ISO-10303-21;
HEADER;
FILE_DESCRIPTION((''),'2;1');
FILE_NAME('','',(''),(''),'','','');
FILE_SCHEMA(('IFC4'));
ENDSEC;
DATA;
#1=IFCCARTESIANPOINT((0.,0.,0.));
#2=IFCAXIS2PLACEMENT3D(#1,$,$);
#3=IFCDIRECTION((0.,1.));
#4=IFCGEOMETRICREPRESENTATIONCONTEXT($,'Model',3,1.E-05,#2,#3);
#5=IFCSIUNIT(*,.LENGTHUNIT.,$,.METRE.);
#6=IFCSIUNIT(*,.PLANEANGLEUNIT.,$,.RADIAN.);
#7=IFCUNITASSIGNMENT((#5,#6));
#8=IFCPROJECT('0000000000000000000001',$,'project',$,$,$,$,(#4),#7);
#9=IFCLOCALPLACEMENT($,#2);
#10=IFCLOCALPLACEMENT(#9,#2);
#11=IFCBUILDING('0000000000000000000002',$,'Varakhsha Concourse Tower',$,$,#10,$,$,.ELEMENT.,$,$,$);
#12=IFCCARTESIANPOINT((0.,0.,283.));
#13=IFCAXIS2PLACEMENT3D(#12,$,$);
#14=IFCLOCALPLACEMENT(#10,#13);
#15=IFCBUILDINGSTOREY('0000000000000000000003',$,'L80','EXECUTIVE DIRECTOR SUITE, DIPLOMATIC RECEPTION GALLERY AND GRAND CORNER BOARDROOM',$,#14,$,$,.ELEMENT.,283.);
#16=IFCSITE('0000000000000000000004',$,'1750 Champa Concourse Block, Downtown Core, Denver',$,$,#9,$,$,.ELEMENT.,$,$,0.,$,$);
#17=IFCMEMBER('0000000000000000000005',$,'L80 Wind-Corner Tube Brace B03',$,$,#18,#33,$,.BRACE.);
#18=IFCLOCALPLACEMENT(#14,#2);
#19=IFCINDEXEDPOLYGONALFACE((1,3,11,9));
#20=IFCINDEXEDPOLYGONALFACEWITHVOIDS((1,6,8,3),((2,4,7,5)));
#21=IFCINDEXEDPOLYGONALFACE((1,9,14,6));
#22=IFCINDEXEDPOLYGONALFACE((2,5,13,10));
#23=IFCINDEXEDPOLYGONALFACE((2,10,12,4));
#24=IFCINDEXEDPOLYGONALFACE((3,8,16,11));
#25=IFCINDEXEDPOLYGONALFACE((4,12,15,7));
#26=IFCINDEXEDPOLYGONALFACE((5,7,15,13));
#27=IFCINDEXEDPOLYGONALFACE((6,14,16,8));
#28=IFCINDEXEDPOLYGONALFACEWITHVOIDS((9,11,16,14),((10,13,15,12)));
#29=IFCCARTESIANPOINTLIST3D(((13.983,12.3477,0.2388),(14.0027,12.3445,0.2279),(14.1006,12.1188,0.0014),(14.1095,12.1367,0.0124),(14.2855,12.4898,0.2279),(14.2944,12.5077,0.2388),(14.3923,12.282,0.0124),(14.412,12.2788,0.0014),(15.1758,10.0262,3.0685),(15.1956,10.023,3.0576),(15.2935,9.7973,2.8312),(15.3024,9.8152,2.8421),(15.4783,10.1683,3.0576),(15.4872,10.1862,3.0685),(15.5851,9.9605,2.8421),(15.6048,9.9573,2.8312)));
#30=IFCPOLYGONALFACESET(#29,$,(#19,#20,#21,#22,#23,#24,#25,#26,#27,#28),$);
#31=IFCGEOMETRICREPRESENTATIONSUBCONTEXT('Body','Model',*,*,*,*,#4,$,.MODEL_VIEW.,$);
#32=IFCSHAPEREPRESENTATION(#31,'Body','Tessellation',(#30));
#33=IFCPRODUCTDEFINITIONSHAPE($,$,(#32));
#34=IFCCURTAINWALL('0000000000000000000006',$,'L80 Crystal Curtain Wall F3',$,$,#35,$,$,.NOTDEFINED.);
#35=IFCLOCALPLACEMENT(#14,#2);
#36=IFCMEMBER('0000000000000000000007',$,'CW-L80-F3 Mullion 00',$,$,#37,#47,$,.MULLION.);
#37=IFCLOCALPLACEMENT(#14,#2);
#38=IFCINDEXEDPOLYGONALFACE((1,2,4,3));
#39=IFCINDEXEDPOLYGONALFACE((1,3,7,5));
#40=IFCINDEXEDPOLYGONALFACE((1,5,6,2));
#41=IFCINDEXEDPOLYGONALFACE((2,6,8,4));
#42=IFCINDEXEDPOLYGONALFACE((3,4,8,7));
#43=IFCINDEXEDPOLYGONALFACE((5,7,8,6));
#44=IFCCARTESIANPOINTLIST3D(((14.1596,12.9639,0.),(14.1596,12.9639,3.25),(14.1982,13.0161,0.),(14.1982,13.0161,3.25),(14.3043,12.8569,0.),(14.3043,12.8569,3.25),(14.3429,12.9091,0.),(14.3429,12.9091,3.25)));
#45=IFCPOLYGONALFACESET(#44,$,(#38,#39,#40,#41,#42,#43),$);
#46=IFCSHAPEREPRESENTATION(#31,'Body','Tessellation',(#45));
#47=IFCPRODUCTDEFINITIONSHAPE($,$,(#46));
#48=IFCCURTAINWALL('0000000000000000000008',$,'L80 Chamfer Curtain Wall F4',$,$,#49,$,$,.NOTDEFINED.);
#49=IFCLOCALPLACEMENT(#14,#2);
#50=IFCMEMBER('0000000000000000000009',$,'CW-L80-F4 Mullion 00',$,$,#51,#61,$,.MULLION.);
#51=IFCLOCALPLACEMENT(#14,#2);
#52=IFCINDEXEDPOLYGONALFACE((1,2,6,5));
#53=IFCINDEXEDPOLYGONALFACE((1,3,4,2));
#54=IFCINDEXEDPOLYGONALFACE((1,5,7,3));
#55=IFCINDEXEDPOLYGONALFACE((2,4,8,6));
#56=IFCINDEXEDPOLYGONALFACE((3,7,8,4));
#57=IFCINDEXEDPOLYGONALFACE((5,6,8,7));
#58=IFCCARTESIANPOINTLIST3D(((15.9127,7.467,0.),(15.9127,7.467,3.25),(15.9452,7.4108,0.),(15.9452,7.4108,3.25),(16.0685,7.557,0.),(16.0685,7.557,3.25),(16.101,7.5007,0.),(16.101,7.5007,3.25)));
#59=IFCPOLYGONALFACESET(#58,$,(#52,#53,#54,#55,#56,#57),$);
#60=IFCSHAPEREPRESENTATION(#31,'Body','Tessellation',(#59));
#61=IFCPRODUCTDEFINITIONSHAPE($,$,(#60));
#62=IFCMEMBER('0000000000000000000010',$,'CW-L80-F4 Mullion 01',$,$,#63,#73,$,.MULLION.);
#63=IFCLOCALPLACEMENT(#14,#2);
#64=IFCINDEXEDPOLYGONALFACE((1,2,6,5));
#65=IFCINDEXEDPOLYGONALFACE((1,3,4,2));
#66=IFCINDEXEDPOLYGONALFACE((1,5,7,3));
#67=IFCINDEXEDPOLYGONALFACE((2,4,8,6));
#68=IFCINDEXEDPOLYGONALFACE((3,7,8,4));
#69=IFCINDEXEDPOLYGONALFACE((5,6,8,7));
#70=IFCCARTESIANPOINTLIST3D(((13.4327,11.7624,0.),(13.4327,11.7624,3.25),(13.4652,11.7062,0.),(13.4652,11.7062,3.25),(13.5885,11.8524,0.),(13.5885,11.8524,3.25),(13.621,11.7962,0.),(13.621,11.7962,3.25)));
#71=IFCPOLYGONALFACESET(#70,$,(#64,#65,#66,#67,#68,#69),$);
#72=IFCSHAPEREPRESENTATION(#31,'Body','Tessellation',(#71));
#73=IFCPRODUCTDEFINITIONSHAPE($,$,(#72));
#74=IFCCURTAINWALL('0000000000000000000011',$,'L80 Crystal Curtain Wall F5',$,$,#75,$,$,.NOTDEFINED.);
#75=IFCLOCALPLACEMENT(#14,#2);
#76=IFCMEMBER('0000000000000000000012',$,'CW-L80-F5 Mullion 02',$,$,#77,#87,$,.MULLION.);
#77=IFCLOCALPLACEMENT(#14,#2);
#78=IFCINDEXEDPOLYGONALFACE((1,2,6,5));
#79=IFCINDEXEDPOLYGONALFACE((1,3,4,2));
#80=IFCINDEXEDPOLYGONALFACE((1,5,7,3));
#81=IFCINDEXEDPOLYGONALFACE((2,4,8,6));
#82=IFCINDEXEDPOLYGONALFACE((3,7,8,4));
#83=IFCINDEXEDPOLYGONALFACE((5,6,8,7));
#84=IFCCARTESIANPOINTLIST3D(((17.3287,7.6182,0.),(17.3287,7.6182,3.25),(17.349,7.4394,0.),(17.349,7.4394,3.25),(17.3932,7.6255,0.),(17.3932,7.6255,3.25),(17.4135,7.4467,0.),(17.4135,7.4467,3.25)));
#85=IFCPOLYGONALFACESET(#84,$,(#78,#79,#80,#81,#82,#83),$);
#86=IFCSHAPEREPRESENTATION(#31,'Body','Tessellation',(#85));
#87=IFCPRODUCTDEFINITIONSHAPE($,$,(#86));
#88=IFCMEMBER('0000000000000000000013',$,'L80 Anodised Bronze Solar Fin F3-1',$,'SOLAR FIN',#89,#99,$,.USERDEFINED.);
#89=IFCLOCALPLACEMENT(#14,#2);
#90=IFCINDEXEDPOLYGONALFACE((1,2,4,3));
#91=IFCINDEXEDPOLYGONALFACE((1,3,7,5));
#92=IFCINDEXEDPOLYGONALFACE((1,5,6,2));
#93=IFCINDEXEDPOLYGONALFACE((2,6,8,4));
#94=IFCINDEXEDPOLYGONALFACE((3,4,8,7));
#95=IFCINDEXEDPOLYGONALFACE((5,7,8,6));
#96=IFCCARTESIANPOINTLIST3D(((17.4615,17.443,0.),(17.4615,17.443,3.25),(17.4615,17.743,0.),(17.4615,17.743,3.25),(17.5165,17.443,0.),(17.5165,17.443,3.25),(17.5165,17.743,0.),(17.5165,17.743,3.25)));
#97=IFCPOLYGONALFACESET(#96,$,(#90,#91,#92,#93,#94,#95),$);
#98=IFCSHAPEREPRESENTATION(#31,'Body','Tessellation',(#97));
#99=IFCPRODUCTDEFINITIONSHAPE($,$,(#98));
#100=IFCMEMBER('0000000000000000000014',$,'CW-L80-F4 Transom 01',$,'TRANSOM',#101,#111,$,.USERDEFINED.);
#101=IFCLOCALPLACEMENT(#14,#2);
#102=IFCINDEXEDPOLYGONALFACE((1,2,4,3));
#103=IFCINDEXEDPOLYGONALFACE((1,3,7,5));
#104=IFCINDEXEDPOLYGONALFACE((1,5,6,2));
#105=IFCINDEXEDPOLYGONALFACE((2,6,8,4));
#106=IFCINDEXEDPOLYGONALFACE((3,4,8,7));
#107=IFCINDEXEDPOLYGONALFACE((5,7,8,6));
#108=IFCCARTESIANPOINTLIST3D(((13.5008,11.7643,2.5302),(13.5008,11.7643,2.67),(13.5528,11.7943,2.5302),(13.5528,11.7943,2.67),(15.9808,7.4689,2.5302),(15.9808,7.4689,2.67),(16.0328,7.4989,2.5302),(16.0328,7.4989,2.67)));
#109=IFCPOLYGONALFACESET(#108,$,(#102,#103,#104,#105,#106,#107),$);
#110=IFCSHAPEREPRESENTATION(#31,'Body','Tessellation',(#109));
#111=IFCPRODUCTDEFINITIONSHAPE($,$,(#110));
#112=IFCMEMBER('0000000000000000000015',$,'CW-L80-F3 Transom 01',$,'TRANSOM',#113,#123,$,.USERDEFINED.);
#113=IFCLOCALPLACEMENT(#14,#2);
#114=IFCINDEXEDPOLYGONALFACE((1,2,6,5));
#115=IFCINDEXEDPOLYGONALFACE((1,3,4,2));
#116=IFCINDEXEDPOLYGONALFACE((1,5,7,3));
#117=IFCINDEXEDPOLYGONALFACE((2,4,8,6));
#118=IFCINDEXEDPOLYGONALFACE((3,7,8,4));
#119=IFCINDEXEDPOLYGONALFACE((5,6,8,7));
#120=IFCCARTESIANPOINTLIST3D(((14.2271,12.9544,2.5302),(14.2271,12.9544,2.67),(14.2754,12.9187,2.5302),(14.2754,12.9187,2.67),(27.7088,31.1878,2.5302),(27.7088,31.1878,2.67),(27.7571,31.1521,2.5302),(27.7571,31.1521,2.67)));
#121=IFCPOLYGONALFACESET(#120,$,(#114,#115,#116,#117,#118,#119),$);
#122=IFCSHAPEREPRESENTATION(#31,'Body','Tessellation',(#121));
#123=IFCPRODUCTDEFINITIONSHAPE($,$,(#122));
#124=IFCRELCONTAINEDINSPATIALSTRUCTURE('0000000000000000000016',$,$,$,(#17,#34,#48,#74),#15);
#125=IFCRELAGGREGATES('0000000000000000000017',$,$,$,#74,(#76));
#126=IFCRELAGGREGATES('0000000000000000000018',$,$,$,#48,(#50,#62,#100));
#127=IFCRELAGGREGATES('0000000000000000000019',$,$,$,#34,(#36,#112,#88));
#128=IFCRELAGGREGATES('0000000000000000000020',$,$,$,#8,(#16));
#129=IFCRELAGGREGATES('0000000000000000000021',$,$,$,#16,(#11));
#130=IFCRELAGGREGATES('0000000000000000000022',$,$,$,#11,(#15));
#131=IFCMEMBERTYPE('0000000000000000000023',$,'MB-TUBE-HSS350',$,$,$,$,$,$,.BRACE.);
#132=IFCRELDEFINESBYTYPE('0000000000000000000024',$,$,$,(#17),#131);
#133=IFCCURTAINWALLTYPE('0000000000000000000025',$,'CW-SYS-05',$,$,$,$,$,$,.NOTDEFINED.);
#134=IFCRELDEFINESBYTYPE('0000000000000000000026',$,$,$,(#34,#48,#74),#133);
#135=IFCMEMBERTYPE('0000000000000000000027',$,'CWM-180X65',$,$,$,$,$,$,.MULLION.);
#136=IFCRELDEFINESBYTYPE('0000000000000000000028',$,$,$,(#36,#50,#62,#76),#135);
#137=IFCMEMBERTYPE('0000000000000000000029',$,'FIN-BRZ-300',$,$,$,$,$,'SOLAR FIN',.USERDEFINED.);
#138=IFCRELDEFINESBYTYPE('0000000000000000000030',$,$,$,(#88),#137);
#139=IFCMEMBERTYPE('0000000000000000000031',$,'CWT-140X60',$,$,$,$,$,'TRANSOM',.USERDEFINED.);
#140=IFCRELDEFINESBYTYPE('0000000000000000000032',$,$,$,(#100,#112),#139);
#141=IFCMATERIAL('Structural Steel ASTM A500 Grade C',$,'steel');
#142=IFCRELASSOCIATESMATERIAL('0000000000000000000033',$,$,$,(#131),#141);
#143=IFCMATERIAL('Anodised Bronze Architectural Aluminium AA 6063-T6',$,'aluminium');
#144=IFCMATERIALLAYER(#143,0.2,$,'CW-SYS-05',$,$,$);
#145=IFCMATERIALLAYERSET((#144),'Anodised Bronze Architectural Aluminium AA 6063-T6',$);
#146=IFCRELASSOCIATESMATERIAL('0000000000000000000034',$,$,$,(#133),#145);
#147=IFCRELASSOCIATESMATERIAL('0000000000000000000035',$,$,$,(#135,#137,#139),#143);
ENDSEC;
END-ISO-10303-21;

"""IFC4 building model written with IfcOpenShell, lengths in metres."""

from ifc_helpers import new_model, si_unit, direction, frame, origin, origin_2d, place, context, subcontext, project, spatial, rectangle, hollow_rectangle, extrude, source, transform, mapped, material, layer, layer_set, material_profile, profile_set, type_object, type_shapes, element, aggregate, save


model = new_model("IFC4")

# Units and contexts
model_context = context("Model", 3, precision=1e-05, world=origin(), true_north=direction((0.0, 1.0)))
body_context = subcontext(model_context, "Body", "Model", "MODEL_VIEW")
ifc_project = project(units=[si_unit("LENGTHUNIT", "METRE"), si_unit("PLANEANGLEUNIT", "RADIAN")], contexts=[model_context])

# Site, building, storey
site_placement = place(None, origin())
site = spatial("IfcSite", under=ifc_project, at=site_placement, Name="1750 Champa Concourse Block, Downtown Core, Denver", CompositionType="ELEMENT", RefElevation=0.0)
building_placement = place(site_placement, origin())
building = spatial("IfcBuilding", under=site, at=building_placement, Name="Varakhsha Concourse Tower", CompositionType="ELEMENT")
storey_placement = place(building_placement, frame((0.0, 0.0, 283.0)))
storey = spatial("IfcBuildingStorey", under=building, at=storey_placement, Name="L80", Description="EXECUTIVE DIRECTOR SUITE, DIPLOMATIC RECEPTION GALLERY AND GRAND CORNER BOARDROOM", CompositionType="ELEMENT", Elevation=283.0)

# Member
ifc_material_1 = material(Name="Structural Steel ASTM A500 Grade C", Category="steel")
ifc_material_profile_1 = material_profile(ifc_material_1, hollow_rectangle(XDim=0.3501, YDim=0.3501, WallThickness=0.0161, at=origin_2d()), Name="HSS 350x350x16")
ifc_profile_set_1 = profile_set([ifc_material_profile_1], Name="Structural Steel ASTM A500 Grade C")
member_type_1 = type_object("IfcMemberType", Name="MB-TUBE-HSS350", PredefinedType="BRACE", material=ifc_profile_set_1)
shared_shape_1 = source(origin(), body_context, "Body", "SweptSolid", [
    extrude(hollow_rectangle(XDim=0.3501, YDim=0.3501, WallThickness=0.0161, at=origin_2d()), origin(), (0.0, 0.0, 1.0), 3.8496),
])
member_1_placement = place(storey_placement, frame((14.1975, 12.3132, 0.1201), z_axis=(0.309858, -0.603038, 0.735073), x_axis=(0.889453, 0.457027, 0.0)))
element("IfcMember", 1, at=member_1_placement, inside=storey, type_object=member_type_1, Name="L80 Wind-Corner Tube Brace B03", PredefinedType="BRACE", context=body_context, shape_type="MappedRepresentation", body=[
    mapped(shared_shape_1, transform((0.0, 0.0, 0.0), scale=1.0)),
])

# Curtain wall, member
ifc_material_2 = material(Name="Anodised Bronze Architectural Aluminium AA 6063-T6", Category="aluminium")
ifc_layer_1 = layer(ifc_material_2, 0.2, Name="CW-SYS-05")
ifc_layer_set_1 = layer_set([ifc_layer_1], Name="Anodised Bronze Architectural Aluminium AA 6063-T6")
curtain_wall_type = type_object("IfcCurtainWallType", Name="CW-SYS-05", PredefinedType="NOTDEFINED", material=ifc_layer_set_1)
curtain_wall_1_placement = place(storey_placement, origin())
curtain_wall_1 = element("IfcCurtainWall", 2, at=curtain_wall_1_placement, inside=storey, type_object=curtain_wall_type, Name="L80 Crystal Curtain Wall F3", PredefinedType="NOTDEFINED")
ifc_material_profile_2 = material_profile(ifc_material_2, rectangle(XDim=0.0649, YDim=0.1799, at=origin_2d()), Name="CWM-180X65")
ifc_profile_set_2 = profile_set([ifc_material_profile_2], Name="Anodised Bronze Architectural Aluminium AA 6063-T6")
member_type_2 = type_object("IfcMemberType", Name="CWM-180X65", PredefinedType="MULLION", material=ifc_profile_set_2)
shared_shape_2 = source(origin(), body_context, "Body", "SweptSolid", [
    extrude(rectangle(XDim=0.0649, YDim=0.1799, at=origin_2d()), origin(), (0.0, 0.0, 1.0), 3.25),
])
type_shapes(member_type_2, [shared_shape_2])
member_2_placement = place(storey_placement, frame((14.2512, 12.9365, 0.0), z_axis=(0.0, 0.0, 1.0), x_axis=(0.594534, 0.804071, 0.0)))
member_2 = element("IfcMember", 3, at=member_2_placement, type_object=member_type_2, Name="CW-L80-F3 Mullion 00", PredefinedType="MULLION", context=body_context, shape_type="MappedRepresentation", body=[
    mapped(shared_shape_2, transform((0.0, 0.0, 0.0), scale=1.0)),
])

# Curtain wall, members
curtain_wall_2_placement = place(storey_placement, origin())
curtain_wall_2 = element("IfcCurtainWall", 4, at=curtain_wall_2_placement, inside=storey, type_object=curtain_wall_type, Name="L80 Chamfer Curtain Wall F4", PredefinedType="NOTDEFINED")
member_3_placement = place(storey_placement, frame((16.0068, 7.4839, 0.0), z_axis=(0.0, 0.0, 1.0), x_axis=(-0.499989, 0.866032, 0.0)))
member_3 = element("IfcMember", 5, at=member_3_placement, type_object=member_type_2, Name="CW-L80-F4 Mullion 00", PredefinedType="MULLION", context=body_context, shape_type="MappedRepresentation", body=[
    mapped(shared_shape_2, transform((0.0, 0.0, 0.0), scale=1.0)),
])
member_4_placement = place(storey_placement, frame((13.5269, 11.7793, 0.0), z_axis=(0.0, 0.0, 1.0), x_axis=(-0.499989, 0.866032, 0.0)))
member_4 = element("IfcMember", 6, at=member_4_placement, type_object=member_type_2, Name="CW-L80-F4 Mullion 01", PredefinedType="MULLION", context=body_context, shape_type="MappedRepresentation", body=[
    mapped(shared_shape_2, transform((0.0, 0.0, 0.0), scale=1.0)),
])

# Curtain wall, member
curtain_wall_3_placement = place(storey_placement, origin())
curtain_wall_3 = element("IfcCurtainWall", 7, at=curtain_wall_3_placement, inside=storey, type_object=curtain_wall_type, Name="L80 Crystal Curtain Wall F5", PredefinedType="NOTDEFINED")
member_5_placement = place(storey_placement, frame((17.3711, 7.5325, 0.0), z_axis=(0.0, 0.0, 1.0), x_axis=(-0.993613, -0.112844, 0.0)))
member_5 = element("IfcMember", 8, at=member_5_placement, type_object=member_type_2, Name="CW-L80-F5 Mullion 02", PredefinedType="MULLION", context=body_context, shape_type="MappedRepresentation", body=[
    mapped(shared_shape_2, transform((0.0, 0.0, 0.0), scale=1.0)),
])
aggregate(curtain_wall_3, [member_5])

# Members
ifc_material_profile_3 = material_profile(ifc_material_2, rectangle(XDim=0.0549, YDim=0.3, at=origin_2d()), Name="FIN-BRZ-300")
ifc_profile_set_3 = profile_set([ifc_material_profile_3], Name="Anodised Bronze Architectural Aluminium AA 6063-T6")
member_type_3 = type_object("IfcMemberType", Name="FIN-BRZ-300", ElementType="SOLAR FIN", PredefinedType="USERDEFINED", material=ifc_profile_set_3)
shared_shape_3 = source(origin(), body_context, "Body", "SweptSolid", [
    extrude(rectangle(XDim=0.0549, YDim=0.3, at=origin_2d()), origin(), (0.0, 0.0, 1.0), 3.25),
])
type_shapes(member_type_3, [shared_shape_3])
member_6_placement = place(storey_placement, frame((17.489, 17.593, 0.0), z_axis=(0.0, 0.0, 1.0), x_axis=(1.0, 0.0, 0.0)))
member_6 = element("IfcMember", 9, at=member_6_placement, type_object=member_type_3, Name="L80 Anodised Bronze Solar Fin F3-1", ObjectType="SOLAR FIN", PredefinedType="USERDEFINED", context=body_context, shape_type="MappedRepresentation", body=[
    mapped(shared_shape_3, transform((0.0, 0.0, 0.0), scale=1.0)),
])
ifc_material_profile_4 = material_profile(ifc_material_2, rectangle(XDim=0.0601, YDim=0.1399, at=origin_2d()), Name="CWT-140X60")
ifc_profile_set_4 = profile_set([ifc_material_profile_4], Name="Anodised Bronze Architectural Aluminium AA 6063-T6")
member_type_4 = type_object("IfcMemberType", Name="CWT-140X60", ElementType="TRANSOM", PredefinedType="USERDEFINED", material=ifc_profile_set_4)
shared_shape_4 = source(origin(), body_context, "Body", "SweptSolid", [
    extrude(rectangle(XDim=0.0601, YDim=0.1399, at=origin_2d()), origin(), (0.0, 0.0, 1.0), 4.96),
])
member_7_placement = place(storey_placement, frame((16.0068, 7.4839, 2.6001), z_axis=(-0.500004, 0.866023, 0.0), x_axis=(-0.866023, -0.500004, 0.0)))
member_7 = element("IfcMember", 10, at=member_7_placement, type_object=member_type_4, Name="CW-L80-F4 Transom 01", ObjectType="TRANSOM", PredefinedType="USERDEFINED", context=body_context, shape_type="MappedRepresentation", body=[
    mapped(shared_shape_4, transform((0.0, 0.0, 0.0), scale=1.0)),
])
shared_shape_5 = source(origin(), body_context, "Body", "SweptSolid", [
    extrude(rectangle(XDim=0.0601, YDim=0.1399, at=origin_2d()), origin(), (0.0, 0.0, 1.0), 22.6763),
])
type_shapes(member_type_4, [shared_shape_4, shared_shape_5])
member_8_placement = place(storey_placement, frame((14.2512, 12.9365, 2.6001), z_axis=(0.594529, 0.804074, 0.0), x_axis=(-0.804074, 0.594529, 0.0)))
member_8 = element("IfcMember", 11, at=member_8_placement, type_object=member_type_4, Name="CW-L80-F3 Transom 01", ObjectType="TRANSOM", PredefinedType="USERDEFINED", context=body_context, shape_type="MappedRepresentation", body=[
    mapped(shared_shape_5, transform((0.0, 0.0, 0.0), scale=1.0)),
])

aggregate(curtain_wall_2, [member_3, member_4, member_7])
aggregate(curtain_wall_1, [member_2, member_8, member_6])

save(model, "model.ifc")
